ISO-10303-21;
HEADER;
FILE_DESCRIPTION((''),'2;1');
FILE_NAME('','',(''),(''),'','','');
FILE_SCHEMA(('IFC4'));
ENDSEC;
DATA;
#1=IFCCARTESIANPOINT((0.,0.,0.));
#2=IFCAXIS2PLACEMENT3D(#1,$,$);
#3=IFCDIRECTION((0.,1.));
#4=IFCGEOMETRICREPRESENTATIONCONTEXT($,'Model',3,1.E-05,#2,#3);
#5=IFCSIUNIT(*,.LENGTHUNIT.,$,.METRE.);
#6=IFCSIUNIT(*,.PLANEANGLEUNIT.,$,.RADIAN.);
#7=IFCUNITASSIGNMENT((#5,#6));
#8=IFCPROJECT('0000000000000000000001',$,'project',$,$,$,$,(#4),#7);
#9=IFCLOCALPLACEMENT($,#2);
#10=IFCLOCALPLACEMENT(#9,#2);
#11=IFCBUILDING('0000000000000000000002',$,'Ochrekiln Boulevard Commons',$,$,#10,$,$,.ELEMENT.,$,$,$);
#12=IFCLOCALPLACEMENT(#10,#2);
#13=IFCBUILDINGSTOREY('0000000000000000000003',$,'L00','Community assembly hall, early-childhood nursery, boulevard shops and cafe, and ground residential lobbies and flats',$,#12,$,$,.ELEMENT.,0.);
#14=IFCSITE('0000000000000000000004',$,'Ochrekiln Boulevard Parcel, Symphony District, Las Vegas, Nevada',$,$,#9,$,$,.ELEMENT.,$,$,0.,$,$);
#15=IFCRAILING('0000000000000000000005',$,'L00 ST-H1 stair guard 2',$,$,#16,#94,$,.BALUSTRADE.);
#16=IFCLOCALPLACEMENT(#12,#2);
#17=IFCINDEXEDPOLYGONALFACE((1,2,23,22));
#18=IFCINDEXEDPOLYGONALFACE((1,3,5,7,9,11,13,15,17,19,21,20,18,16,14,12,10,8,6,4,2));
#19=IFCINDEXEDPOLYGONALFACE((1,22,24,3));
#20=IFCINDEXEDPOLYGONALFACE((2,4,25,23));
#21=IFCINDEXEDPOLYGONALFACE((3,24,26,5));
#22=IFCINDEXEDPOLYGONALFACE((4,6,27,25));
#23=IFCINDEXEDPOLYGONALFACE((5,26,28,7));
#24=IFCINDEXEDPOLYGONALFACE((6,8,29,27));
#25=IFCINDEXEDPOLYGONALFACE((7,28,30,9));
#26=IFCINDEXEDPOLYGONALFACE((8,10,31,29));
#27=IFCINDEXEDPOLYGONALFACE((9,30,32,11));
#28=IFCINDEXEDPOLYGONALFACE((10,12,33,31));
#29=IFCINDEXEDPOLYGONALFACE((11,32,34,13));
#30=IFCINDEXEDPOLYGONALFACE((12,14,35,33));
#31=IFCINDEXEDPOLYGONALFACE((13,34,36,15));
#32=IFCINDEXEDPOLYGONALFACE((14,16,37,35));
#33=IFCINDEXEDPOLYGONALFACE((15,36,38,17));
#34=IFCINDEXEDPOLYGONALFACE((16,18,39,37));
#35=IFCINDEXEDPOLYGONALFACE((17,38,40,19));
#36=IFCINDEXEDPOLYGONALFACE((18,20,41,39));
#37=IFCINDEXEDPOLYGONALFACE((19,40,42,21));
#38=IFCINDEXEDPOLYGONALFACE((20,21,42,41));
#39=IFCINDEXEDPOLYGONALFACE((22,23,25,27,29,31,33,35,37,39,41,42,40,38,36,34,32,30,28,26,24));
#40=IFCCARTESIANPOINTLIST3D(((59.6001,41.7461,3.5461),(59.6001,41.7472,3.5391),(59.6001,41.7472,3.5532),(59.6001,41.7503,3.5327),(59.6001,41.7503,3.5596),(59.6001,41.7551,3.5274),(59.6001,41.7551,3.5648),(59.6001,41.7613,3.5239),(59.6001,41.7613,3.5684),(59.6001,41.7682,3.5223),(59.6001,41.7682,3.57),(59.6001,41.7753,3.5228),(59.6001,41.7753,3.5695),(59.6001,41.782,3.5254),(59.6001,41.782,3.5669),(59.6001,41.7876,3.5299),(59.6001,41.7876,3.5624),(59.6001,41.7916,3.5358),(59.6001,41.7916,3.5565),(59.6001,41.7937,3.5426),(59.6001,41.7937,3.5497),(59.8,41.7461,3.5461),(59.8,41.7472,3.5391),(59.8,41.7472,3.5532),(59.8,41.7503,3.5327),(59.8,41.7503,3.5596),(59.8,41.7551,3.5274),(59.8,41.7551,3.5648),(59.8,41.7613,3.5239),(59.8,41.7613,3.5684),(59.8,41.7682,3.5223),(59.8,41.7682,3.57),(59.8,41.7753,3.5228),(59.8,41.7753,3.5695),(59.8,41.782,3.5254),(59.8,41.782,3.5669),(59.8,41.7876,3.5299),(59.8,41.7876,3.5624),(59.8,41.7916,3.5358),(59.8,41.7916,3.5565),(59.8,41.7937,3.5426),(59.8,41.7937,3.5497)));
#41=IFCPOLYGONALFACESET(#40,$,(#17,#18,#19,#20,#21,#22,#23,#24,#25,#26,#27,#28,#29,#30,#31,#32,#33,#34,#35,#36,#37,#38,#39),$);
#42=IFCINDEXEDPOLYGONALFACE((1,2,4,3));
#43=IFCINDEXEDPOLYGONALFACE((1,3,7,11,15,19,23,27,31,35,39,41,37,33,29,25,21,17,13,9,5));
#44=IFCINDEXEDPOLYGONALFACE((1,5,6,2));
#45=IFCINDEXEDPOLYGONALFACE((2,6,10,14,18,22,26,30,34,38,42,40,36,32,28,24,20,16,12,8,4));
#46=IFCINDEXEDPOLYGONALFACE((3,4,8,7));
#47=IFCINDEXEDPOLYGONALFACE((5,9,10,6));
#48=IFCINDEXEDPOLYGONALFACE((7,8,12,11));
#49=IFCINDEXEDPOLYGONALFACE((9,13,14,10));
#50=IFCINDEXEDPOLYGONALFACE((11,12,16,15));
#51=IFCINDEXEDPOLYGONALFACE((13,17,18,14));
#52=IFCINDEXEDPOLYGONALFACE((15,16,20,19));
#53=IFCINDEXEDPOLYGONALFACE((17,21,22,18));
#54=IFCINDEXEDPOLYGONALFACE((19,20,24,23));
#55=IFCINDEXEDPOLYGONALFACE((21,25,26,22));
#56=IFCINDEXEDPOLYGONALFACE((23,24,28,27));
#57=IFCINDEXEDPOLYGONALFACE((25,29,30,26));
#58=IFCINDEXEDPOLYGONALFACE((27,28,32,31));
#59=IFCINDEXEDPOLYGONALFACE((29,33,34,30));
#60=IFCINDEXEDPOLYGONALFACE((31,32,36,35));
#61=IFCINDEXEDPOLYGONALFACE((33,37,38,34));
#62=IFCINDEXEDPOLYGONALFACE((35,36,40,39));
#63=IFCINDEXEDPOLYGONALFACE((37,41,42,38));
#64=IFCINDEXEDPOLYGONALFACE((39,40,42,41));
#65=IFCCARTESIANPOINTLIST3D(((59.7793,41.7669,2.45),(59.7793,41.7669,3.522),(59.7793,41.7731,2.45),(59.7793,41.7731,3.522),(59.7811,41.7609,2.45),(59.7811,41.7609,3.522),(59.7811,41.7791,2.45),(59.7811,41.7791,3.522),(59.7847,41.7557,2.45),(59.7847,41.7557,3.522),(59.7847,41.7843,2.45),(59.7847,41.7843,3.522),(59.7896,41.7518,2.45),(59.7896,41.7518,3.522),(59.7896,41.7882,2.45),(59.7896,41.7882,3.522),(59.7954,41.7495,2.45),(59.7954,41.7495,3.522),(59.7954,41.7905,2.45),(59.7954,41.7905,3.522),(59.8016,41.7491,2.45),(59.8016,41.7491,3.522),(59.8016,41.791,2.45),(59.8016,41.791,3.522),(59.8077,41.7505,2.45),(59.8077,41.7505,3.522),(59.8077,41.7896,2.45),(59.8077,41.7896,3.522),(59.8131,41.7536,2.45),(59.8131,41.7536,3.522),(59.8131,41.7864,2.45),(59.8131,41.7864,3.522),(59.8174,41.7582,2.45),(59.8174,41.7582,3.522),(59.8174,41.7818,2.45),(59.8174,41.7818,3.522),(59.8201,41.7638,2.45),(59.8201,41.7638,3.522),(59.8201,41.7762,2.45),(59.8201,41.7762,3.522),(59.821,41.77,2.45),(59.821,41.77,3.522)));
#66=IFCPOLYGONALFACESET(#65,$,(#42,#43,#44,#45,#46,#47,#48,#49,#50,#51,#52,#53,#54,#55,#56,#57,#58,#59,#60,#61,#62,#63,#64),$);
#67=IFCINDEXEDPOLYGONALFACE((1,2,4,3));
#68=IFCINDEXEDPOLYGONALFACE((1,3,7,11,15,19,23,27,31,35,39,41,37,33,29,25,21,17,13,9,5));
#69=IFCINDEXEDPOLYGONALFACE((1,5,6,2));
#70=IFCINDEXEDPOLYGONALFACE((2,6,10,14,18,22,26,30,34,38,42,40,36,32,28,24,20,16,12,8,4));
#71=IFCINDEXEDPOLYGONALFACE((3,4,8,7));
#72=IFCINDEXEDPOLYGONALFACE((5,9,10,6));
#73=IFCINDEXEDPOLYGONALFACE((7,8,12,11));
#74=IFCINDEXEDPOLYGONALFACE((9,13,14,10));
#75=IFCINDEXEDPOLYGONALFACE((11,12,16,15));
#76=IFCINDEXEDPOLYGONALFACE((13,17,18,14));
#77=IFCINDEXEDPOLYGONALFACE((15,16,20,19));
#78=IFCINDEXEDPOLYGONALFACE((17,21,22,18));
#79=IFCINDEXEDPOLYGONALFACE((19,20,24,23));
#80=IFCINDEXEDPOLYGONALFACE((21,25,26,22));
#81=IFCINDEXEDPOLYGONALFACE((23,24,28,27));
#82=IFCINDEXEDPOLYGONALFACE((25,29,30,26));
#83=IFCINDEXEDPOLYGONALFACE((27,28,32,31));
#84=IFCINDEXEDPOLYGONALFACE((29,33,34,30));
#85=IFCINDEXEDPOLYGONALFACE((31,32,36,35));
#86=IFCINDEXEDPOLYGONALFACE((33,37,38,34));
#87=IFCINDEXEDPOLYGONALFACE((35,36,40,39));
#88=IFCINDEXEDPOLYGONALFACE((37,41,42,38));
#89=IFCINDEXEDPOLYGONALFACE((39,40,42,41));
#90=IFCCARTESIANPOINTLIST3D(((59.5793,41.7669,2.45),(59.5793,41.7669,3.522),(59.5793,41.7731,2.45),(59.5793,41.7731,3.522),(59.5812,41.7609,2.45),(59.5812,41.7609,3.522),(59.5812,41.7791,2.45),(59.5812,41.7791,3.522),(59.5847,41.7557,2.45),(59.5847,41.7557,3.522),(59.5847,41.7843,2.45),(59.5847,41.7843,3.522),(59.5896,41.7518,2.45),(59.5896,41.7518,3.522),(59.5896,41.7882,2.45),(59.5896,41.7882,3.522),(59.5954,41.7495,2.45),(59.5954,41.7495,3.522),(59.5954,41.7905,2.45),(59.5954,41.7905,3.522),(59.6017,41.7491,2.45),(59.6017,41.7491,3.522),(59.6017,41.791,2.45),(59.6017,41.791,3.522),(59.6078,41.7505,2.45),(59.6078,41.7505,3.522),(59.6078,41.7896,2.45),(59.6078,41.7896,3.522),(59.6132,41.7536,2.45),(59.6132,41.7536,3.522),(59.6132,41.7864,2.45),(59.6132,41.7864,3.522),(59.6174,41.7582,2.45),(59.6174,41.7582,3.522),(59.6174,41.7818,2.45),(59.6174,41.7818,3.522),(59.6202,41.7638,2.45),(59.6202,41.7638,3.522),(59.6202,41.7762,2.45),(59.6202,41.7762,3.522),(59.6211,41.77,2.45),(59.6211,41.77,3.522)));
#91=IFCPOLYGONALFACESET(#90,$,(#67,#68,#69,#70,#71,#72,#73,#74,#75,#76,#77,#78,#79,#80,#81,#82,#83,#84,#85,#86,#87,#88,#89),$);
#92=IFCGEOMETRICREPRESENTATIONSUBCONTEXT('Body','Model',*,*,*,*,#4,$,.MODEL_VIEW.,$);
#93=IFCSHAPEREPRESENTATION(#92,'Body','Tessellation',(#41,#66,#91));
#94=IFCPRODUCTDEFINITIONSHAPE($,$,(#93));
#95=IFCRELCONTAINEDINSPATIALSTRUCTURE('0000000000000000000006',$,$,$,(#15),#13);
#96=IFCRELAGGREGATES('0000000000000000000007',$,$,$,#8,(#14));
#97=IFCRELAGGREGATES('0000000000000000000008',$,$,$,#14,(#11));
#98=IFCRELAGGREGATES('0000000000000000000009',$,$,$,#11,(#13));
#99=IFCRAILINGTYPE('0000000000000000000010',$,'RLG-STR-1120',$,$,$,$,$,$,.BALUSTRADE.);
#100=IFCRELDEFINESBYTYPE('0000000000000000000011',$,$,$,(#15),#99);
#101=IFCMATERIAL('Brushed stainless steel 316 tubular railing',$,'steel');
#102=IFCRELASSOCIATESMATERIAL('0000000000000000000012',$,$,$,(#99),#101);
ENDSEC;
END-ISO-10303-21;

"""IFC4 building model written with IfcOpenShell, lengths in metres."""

from ifc_helpers import new_model, si_unit, direction, frame, origin, origin_2d, place, context, subcontext, project, spatial, circle, extrude, material, type_object, element, save


model = new_model("IFC4")

# Units and contexts
model_context = context("Model", 3, precision=1e-05, world=origin(), true_north=direction((0.0, 1.0)))
body_context = subcontext(model_context, "Body", "Model", "MODEL_VIEW")
ifc_project = project(units=[si_unit("LENGTHUNIT", "METRE"), si_unit("PLANEANGLEUNIT", "RADIAN")], contexts=[model_context])

# Site, building, storey
site_placement = place(None, origin())
site = spatial("IfcSite", under=ifc_project, at=site_placement, Name="Ochrekiln Boulevard Parcel, Symphony District, Las Vegas, Nevada", CompositionType="ELEMENT", RefElevation=0.0)
building_placement = place(site_placement, origin())
building = spatial("IfcBuilding", under=site, at=building_placement, Name="Ochrekiln Boulevard Commons", CompositionType="ELEMENT")
storey_placement = place(building_placement, origin())
storey = spatial("IfcBuildingStorey", under=building, at=storey_placement, Name="L00", Description="Community assembly hall, early-childhood nursery, boulevard shops and cafe, and ground residential lobbies and flats", CompositionType="ELEMENT", Elevation=0.0)

# Railing
ifc_material_1 = material(Name="Brushed stainless steel 316 tubular railing", Category="steel")
railing_type_1 = type_object("IfcRailingType", Name="RLG-STR-1120", PredefinedType="BALUSTRADE", material=ifc_material_1)
railing_1_placement = place(storey_placement, frame((59.8, 41.77, 2.45)))
element("IfcRailing", 1, at=railing_1_placement, inside=storey, type_object=railing_type_1, Name="L00 ST-H1 stair guard 2", PredefinedType="BALUSTRADE", context=body_context, shape_type="SweptSolid", body=[
    extrude(circle(Radius=0.0239, at=origin_2d()), frame((0.0, 0.0, 1.0962), z_axis=(-1.0, 0.0, 0.0), x_axis=(0.0, -1.0, 0.0)), (0.0, 0.0, 1.0), 0.2),
    extrude(circle(Radius=0.021, at=origin_2d()), origin(), (0.0, 0.0, 1.0), 1.072),
    extrude(circle(Radius=0.021, at=origin_2d()), frame((-0.2, 0.0, 0.0)), (0.0, 0.0, 1.0), 1.072),
])

save(model, "model.ifc")
